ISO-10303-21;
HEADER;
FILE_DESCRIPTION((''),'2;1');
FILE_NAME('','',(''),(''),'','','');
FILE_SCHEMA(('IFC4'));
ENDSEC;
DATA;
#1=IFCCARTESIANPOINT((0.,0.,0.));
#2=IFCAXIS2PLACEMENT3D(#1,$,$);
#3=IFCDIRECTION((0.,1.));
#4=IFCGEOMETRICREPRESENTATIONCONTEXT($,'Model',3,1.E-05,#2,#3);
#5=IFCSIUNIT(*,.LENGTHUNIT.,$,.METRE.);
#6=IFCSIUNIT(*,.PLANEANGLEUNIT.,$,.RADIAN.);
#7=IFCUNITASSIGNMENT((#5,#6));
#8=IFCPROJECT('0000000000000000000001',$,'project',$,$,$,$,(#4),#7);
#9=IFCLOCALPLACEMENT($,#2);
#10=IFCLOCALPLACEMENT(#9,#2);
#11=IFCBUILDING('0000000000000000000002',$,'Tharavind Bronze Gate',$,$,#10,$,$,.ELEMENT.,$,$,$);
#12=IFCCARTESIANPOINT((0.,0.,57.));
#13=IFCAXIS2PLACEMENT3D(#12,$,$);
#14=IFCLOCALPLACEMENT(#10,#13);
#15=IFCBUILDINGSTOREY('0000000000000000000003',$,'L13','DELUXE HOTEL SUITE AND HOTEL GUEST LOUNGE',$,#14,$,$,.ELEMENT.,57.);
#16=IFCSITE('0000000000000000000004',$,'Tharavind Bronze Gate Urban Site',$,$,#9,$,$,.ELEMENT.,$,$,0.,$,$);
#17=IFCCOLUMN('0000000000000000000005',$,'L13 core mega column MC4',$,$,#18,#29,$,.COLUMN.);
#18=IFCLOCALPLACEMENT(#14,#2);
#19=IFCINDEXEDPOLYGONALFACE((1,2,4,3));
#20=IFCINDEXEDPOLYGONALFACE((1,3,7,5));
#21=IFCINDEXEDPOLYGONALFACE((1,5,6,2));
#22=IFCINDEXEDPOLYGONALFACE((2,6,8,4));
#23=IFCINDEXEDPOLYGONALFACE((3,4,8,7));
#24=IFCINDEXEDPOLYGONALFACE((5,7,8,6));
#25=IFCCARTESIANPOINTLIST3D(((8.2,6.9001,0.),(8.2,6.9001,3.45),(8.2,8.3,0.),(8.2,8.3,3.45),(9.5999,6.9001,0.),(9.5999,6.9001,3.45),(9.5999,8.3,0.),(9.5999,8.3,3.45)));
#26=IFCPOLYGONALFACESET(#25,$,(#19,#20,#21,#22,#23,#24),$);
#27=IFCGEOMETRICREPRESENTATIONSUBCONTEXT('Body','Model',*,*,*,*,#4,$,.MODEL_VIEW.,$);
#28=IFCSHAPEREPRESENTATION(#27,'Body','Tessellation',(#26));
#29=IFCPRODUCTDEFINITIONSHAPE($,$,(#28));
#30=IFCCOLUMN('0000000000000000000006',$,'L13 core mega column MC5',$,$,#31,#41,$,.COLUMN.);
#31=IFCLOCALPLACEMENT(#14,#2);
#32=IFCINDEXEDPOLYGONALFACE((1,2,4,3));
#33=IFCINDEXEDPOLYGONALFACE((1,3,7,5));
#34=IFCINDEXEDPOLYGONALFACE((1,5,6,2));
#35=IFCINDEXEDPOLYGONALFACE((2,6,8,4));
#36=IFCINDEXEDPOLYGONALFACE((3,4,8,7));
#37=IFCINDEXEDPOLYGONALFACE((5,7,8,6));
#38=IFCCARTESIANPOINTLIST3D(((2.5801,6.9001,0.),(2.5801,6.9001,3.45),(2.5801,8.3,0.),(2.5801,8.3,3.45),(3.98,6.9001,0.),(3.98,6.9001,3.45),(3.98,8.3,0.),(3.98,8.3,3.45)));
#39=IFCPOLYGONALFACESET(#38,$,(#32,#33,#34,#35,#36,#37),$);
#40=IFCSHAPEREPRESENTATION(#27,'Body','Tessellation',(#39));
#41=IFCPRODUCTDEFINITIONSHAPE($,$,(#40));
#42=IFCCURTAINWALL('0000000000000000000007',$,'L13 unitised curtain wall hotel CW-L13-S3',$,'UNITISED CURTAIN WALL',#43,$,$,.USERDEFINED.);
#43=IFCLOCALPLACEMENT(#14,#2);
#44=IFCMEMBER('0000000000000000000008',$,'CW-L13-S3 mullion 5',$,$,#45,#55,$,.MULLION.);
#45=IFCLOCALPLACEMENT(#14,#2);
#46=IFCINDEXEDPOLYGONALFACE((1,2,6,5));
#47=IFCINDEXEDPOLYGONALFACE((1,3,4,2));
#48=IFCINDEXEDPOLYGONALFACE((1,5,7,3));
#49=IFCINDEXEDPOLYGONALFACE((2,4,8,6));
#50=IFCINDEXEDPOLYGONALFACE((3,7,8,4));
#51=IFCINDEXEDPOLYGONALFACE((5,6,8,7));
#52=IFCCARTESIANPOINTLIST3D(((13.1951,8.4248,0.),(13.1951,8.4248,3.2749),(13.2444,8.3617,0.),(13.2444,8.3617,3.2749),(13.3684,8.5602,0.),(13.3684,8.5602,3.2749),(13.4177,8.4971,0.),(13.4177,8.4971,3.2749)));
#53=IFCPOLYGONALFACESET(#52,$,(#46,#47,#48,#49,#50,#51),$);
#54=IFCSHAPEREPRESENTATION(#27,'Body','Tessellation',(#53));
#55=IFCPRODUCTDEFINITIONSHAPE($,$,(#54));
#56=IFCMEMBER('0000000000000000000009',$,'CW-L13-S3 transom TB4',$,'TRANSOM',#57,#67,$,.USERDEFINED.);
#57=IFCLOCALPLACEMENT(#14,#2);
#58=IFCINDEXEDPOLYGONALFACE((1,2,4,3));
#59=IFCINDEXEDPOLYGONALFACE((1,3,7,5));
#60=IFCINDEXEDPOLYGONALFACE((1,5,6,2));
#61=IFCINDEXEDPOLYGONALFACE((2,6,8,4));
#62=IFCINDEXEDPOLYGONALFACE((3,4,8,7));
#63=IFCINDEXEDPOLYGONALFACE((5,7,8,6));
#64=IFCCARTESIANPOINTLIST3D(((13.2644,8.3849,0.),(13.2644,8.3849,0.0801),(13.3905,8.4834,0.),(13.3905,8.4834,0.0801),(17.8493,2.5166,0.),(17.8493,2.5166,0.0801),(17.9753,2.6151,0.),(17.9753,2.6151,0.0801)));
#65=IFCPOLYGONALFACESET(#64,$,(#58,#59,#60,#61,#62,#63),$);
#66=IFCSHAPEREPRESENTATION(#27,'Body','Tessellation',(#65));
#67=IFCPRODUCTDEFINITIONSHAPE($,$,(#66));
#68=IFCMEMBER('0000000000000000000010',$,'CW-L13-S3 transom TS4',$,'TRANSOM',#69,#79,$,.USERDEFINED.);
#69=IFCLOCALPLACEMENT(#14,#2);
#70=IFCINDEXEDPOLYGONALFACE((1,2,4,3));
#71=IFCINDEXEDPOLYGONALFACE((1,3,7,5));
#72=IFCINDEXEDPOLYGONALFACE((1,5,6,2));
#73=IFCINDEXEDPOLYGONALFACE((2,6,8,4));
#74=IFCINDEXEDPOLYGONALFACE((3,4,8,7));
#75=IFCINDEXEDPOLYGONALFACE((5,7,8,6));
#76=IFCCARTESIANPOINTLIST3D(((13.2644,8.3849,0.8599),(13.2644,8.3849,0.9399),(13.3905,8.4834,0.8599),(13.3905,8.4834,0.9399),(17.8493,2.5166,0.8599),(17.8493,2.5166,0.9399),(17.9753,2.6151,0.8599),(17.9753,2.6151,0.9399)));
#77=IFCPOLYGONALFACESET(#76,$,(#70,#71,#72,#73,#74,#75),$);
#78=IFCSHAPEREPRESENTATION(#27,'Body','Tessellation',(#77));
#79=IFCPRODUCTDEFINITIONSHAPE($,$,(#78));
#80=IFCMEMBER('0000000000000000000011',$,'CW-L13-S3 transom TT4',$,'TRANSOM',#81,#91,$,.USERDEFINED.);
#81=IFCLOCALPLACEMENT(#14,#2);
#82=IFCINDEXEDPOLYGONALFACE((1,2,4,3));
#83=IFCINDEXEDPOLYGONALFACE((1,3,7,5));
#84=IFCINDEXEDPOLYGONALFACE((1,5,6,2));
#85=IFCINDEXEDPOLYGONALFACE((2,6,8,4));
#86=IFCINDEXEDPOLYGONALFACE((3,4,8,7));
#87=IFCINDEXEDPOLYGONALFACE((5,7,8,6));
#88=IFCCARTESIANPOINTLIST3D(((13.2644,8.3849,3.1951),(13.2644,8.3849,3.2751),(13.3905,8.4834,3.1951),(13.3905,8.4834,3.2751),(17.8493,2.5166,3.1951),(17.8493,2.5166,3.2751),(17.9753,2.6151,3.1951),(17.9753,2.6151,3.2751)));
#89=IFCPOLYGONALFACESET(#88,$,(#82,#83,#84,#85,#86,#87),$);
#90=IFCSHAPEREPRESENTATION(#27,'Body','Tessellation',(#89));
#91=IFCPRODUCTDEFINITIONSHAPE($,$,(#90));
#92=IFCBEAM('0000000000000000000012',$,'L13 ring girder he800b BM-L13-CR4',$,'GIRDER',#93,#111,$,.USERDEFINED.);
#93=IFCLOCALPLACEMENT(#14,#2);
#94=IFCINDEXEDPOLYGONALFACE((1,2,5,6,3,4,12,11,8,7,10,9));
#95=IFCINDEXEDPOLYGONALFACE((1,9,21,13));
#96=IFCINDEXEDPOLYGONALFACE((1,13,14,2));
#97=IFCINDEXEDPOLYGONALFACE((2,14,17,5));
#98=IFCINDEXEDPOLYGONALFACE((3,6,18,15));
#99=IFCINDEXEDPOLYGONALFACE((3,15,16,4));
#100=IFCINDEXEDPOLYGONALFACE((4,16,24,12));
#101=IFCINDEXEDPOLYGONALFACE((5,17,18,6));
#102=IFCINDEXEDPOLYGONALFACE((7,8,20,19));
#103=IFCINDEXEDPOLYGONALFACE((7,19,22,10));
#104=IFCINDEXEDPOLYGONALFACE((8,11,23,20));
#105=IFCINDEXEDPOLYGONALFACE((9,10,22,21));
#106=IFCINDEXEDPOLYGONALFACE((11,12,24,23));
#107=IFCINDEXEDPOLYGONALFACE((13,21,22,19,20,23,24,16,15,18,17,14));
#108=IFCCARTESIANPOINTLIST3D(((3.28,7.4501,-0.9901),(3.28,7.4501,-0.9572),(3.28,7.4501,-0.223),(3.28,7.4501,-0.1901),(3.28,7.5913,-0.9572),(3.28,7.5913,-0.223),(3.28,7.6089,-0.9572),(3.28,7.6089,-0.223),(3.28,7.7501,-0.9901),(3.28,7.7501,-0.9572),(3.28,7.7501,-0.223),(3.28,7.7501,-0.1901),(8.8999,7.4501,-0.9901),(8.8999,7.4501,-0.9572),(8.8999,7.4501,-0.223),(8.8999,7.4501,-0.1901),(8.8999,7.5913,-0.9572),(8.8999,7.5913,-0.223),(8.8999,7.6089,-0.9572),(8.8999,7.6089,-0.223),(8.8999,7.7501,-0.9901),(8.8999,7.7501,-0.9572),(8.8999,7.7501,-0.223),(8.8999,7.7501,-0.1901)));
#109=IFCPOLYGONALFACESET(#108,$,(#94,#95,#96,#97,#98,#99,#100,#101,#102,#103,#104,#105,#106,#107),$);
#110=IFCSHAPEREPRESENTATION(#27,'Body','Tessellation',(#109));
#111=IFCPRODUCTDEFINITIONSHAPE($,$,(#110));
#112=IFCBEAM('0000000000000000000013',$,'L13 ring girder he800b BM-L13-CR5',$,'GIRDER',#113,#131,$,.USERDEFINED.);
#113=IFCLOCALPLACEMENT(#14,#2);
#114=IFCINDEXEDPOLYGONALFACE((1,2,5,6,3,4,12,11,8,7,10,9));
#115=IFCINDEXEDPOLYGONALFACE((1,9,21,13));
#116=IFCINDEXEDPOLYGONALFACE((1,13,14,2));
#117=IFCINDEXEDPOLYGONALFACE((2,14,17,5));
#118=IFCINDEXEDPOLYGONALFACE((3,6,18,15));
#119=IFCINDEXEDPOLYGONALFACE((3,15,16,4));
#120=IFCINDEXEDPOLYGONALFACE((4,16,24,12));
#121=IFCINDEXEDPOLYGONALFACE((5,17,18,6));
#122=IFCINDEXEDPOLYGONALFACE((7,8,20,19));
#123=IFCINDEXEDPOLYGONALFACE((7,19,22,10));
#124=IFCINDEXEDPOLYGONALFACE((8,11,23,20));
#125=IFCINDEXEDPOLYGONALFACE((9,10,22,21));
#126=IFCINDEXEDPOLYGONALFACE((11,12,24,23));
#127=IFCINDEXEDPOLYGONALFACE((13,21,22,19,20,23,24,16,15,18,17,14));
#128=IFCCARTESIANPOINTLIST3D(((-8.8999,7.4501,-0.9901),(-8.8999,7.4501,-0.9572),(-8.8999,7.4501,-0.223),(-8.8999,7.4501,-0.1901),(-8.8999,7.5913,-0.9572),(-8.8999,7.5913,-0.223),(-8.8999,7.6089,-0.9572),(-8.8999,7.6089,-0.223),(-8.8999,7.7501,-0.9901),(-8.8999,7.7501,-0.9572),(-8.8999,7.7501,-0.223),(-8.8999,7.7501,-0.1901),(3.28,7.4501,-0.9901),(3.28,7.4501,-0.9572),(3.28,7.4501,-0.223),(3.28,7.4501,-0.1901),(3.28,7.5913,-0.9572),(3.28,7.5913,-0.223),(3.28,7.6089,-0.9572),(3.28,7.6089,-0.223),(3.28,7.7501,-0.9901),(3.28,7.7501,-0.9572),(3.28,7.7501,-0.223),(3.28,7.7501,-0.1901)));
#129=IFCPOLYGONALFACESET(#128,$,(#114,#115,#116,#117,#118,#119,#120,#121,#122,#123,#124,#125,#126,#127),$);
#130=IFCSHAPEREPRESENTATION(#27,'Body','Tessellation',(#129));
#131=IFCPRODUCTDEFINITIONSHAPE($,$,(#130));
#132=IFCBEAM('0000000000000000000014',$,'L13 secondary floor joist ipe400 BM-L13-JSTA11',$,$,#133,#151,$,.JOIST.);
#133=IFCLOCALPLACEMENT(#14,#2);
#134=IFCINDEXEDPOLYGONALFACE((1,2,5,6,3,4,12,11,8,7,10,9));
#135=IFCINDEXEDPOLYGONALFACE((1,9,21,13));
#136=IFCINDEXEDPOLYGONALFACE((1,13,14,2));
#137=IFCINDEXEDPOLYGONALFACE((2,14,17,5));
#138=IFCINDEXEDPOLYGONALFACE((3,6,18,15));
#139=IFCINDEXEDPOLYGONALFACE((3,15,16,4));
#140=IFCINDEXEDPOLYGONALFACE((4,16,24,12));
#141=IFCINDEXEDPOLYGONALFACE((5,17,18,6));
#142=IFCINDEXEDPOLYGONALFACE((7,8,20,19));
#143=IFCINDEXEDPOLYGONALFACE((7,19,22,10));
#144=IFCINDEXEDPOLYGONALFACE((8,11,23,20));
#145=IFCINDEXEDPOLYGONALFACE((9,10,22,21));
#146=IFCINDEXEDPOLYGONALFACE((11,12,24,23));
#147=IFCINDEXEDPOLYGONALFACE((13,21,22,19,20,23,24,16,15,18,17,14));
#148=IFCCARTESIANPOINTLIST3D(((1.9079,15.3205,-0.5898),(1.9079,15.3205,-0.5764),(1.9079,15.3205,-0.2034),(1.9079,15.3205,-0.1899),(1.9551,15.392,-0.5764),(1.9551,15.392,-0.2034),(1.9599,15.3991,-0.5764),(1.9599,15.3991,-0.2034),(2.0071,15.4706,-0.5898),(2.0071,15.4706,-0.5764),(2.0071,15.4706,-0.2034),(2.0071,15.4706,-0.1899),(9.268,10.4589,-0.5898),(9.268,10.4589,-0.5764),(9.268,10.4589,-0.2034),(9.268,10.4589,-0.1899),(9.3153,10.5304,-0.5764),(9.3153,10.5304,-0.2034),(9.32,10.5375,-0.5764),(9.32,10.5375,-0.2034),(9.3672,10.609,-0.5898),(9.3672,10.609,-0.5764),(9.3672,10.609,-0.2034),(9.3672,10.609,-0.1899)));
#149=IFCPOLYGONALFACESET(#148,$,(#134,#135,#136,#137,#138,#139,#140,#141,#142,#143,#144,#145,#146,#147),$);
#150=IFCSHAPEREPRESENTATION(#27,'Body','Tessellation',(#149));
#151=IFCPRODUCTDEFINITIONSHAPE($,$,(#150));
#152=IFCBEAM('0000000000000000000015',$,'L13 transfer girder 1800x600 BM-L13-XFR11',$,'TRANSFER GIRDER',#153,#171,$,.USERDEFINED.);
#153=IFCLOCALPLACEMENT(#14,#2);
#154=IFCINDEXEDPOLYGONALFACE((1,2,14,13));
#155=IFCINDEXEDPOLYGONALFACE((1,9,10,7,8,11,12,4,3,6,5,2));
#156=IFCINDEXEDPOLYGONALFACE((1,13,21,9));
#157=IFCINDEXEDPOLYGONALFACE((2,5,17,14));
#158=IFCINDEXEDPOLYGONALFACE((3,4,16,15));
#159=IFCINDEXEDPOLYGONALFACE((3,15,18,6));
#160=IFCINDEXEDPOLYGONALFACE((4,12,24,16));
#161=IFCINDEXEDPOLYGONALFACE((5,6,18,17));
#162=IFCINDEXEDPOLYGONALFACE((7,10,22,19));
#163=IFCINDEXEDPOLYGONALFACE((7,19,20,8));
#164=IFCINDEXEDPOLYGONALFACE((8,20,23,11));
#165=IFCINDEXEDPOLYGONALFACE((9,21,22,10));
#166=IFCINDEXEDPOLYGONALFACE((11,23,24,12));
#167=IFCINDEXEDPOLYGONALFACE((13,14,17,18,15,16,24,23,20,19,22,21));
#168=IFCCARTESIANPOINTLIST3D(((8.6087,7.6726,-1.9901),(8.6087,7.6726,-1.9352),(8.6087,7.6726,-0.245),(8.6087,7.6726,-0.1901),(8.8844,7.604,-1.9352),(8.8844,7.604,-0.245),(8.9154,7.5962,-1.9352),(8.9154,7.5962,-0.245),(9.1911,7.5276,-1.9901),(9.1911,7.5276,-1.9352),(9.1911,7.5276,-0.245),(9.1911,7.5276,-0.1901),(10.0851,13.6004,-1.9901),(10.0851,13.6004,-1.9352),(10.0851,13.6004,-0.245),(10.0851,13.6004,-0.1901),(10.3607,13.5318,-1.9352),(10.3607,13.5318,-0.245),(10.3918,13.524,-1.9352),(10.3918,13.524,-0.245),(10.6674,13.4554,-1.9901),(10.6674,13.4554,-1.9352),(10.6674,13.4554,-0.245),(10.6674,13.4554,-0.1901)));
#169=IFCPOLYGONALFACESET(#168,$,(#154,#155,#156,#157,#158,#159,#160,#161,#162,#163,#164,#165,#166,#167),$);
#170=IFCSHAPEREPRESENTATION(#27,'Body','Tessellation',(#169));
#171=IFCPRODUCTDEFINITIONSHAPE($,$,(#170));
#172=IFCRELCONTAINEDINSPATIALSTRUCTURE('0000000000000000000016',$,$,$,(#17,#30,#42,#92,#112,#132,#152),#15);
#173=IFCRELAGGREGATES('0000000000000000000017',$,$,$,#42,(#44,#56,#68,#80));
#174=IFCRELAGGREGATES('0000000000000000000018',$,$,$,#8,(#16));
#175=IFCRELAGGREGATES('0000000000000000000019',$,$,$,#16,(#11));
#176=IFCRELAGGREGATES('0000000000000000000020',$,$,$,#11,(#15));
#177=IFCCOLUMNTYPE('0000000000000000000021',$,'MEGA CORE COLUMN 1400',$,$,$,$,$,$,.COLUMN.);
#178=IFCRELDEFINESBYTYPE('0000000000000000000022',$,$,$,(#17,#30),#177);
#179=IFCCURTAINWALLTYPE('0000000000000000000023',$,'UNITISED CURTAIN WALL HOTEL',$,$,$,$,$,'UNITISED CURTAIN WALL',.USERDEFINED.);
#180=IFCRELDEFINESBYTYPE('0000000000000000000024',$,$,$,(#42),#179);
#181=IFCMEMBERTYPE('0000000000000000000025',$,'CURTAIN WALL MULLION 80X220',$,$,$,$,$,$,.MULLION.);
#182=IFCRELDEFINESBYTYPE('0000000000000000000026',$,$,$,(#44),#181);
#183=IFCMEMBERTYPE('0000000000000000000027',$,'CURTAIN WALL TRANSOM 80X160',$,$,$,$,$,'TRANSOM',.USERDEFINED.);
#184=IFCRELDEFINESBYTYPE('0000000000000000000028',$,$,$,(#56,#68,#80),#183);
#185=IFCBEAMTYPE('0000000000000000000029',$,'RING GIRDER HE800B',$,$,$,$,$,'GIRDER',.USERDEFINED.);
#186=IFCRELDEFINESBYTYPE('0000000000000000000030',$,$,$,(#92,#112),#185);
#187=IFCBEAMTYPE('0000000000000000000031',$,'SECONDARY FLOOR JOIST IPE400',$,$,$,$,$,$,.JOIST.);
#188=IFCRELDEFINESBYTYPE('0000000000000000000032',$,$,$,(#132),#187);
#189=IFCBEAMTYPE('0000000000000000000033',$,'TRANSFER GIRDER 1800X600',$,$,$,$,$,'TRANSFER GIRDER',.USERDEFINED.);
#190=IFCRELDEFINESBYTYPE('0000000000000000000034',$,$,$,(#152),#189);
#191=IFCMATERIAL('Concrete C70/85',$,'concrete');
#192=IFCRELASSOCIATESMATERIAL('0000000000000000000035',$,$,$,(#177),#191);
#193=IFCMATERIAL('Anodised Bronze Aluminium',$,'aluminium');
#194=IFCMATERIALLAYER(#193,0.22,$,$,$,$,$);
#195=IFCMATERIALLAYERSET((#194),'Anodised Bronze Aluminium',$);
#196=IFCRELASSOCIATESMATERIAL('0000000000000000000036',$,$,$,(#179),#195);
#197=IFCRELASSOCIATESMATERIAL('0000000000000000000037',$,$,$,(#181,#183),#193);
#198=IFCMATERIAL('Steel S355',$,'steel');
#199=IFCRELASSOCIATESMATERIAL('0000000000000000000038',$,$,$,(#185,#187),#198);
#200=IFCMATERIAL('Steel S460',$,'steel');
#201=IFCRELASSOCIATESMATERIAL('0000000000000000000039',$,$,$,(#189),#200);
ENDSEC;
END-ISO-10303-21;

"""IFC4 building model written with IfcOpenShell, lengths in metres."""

from ifc_helpers import new_model, si_unit, direction, frame, origin, origin_2d, place, context, subcontext, project, spatial, rectangle, i_section, extrude, material, layer, layer_set, material_profile, profile_set, type_object, element, aggregate, save


model = new_model("IFC4")

# Units and contexts
model_context = context("Model", 3, precision=1e-05, world=origin(), true_north=direction((0.0, 1.0)))
body_context = subcontext(model_context, "Body", "Model", "MODEL_VIEW")
ifc_project = project(units=[si_unit("LENGTHUNIT", "METRE"), si_unit("PLANEANGLEUNIT", "RADIAN")], contexts=[model_context])

# Site, building, storey
site_placement = place(None, origin())
site = spatial("IfcSite", under=ifc_project, at=site_placement, Name="Tharavind Bronze Gate Urban Site", CompositionType="ELEMENT", RefElevation=0.0)
building_placement = place(site_placement, origin())
building = spatial("IfcBuilding", under=site, at=building_placement, Name="Tharavind Bronze Gate", CompositionType="ELEMENT")
storey_placement = place(building_placement, frame((0.0, 0.0, 57.0)))
storey = spatial("IfcBuildingStorey", under=building, at=storey_placement, Name="L13", Description="DELUXE HOTEL SUITE AND HOTEL GUEST LOUNGE", CompositionType="ELEMENT", Elevation=57.0)

# Columns
ifc_material_1 = material(Name="Concrete C70/85", Category="concrete")
ifc_material_profile_1 = material_profile(ifc_material_1, rectangle(XDim=1.3999, YDim=1.3999, at=origin_2d()), Name="RCCOL1400")
ifc_profile_set_1 = profile_set([ifc_material_profile_1], Name="Concrete C70/85")
column_type = type_object("IfcColumnType", Name="MEGA CORE COLUMN 1400", PredefinedType="COLUMN", material=ifc_profile_set_1)
for number, where, z_axis, x_axis, name in (
    (1, (8.8999, 7.6001, 0.0), (0.0, 0.0, 1.0), (1.0, 0.0, 0.0), "L13 core mega column MC4"),
    (2, (3.28, 7.6001, 0.0), (0.0, 0.0, 1.0), (1.0, 0.0, 0.0), "L13 core mega column MC5"),
):
    element("IfcColumn", number, at=place(storey_placement, frame(where, z_axis=z_axis, x_axis=x_axis)), inside=storey, type_object=column_type, Name=name, PredefinedType="COLUMN", context=body_context, shape_type="SweptSolid", body=[
        extrude(rectangle(XDim=1.3999, YDim=1.3999, at=origin_2d()), origin(), (0.0, 0.0, 1.0), 3.45),
    ])

# Curtain wall, members
ifc_material_2 = material(Name="Anodised Bronze Aluminium", Category="aluminium")
ifc_layer_1 = layer(ifc_material_2, 0.22)
ifc_layer_set_1 = layer_set([ifc_layer_1], Name="Anodised Bronze Aluminium")
curtain_wall_type = type_object("IfcCurtainWallType", Name="UNITISED CURTAIN WALL HOTEL", ElementType="UNITISED CURTAIN WALL", PredefinedType="USERDEFINED", material=ifc_layer_set_1)
curtain_wall_placement = place(storey_placement, origin())
curtain_wall = element("IfcCurtainWall", 3, at=curtain_wall_placement, inside=storey, type_object=curtain_wall_type, Name="L13 unitised curtain wall hotel CW-L13-S3", ObjectType="UNITISED CURTAIN WALL", PredefinedType="USERDEFINED")
member_type_1 = type_object("IfcMemberType", Name="CURTAIN WALL MULLION 80X220", PredefinedType="MULLION", material=ifc_material_2)
member_1_placement = place(storey_placement, frame((13.3064, 8.4609, 0.0), z_axis=(0.0, 0.0, 1.0), x_axis=(-0.615661, 0.788011, 0.0)))
member_1 = element("IfcMember", 4, at=member_1_placement, type_object=member_type_1, Name="CW-L13-S3 mullion 5", PredefinedType="MULLION", context=body_context, shape_type="SweptSolid", body=[
    extrude(rectangle(XDim=0.0801, YDim=0.22, at=origin_2d()), origin(), (0.0, 0.0, 1.0), 3.2749),
])
member_type_2 = type_object("IfcMemberType", Name="CURTAIN WALL TRANSOM 80X160", ElementType="TRANSOM", PredefinedType="USERDEFINED", material=ifc_material_2)
member_2_placement = place(storey_placement, frame((15.6199, 5.5, 0.0), z_axis=(0.0, 0.0, 1.0), x_axis=(-0.615661, 0.788011, 0.0)))
member_2 = element("IfcMember", 5, at=member_2_placement, type_object=member_type_2, Name="CW-L13-S3 transom TB4", ObjectType="TRANSOM", PredefinedType="USERDEFINED", context=body_context, shape_type="SweptSolid", body=[
    extrude(rectangle(XDim=7.447, YDim=0.1599, at=origin_2d()), origin(), (0.0, 0.0, 1.0), 0.0801),
])
member_3_placement = place(storey_placement, frame((15.6199, 5.5, 0.8599), z_axis=(0.0, 0.0, 1.0), x_axis=(-0.615661, 0.788011, 0.0)))
member_3 = element("IfcMember", 6, at=member_3_placement, type_object=member_type_2, Name="CW-L13-S3 transom TS4", ObjectType="TRANSOM", PredefinedType="USERDEFINED", context=body_context, shape_type="SweptSolid", body=[
    extrude(rectangle(XDim=7.447, YDim=0.1599, at=origin_2d()), origin(), (0.0, 0.0, 1.0), 0.0801),
])
member_4_placement = place(storey_placement, frame((15.6199, 5.5, 3.1951), z_axis=(0.0, 0.0, 1.0), x_axis=(-0.615661, 0.788011, 0.0)))
member_4 = element("IfcMember", 7, at=member_4_placement, type_object=member_type_2, Name="CW-L13-S3 transom TT4", ObjectType="TRANSOM", PredefinedType="USERDEFINED", context=body_context, shape_type="SweptSolid", body=[
    extrude(rectangle(XDim=7.447, YDim=0.1599, at=origin_2d()), origin(), (0.0, 0.0, 1.0), 0.0801),
])

# Beams
ifc_material_3 = material(Name="Steel S355", Category="steel")
ifc_material_profile_2 = material_profile(ifc_material_3, i_section(OverallWidth=0.3, OverallDepth=0.8, WebThickness=0.0176, FlangeThickness=0.033, at=origin_2d()), Name="HE800B")
ifc_profile_set_2 = profile_set([ifc_material_profile_2], Name="Steel S355")
beam_type_1 = type_object("IfcBeamType", Name="RING GIRDER HE800B", ElementType="GIRDER", PredefinedType="USERDEFINED", material=ifc_profile_set_2)
beam_1_placement = place(storey_placement, frame((8.8999, 7.6001, -0.5901), z_axis=(-1.0, 0.0, 0.0), x_axis=(0.0, -1.0, 0.0)))
element("IfcBeam", 8, at=beam_1_placement, inside=storey, type_object=beam_type_1, Name="L13 ring girder he800b BM-L13-CR4", ObjectType="GIRDER", PredefinedType="USERDEFINED", context=body_context, shape_type="SweptSolid", body=[
    extrude(i_section(OverallWidth=0.3, OverallDepth=0.8, WebThickness=0.0176, FlangeThickness=0.033, at=origin_2d()), origin(), (0.0, 0.0, 1.0), 5.6199),
])
beam_2_placement = place(storey_placement, frame((3.28, 7.6001, -0.5901), z_axis=(-1.0, 0.0, 0.0), x_axis=(0.0, -1.0, 0.0)))
element("IfcBeam", 9, at=beam_2_placement, inside=storey, type_object=beam_type_1, Name="L13 ring girder he800b BM-L13-CR5", ObjectType="GIRDER", PredefinedType="USERDEFINED", context=body_context, shape_type="SweptSolid", body=[
    extrude(i_section(OverallWidth=0.3, OverallDepth=0.8, WebThickness=0.0176, FlangeThickness=0.033, at=origin_2d()), origin(), (0.0, 0.0, 1.0), 12.1799),
])
ifc_material_profile_3 = material_profile(ifc_material_3, i_section(OverallWidth=0.1799, OverallDepth=0.3999, WebThickness=0.0085, FlangeThickness=0.0134, at=origin_2d()), Name="IPE400")
ifc_profile_set_3 = profile_set([ifc_material_profile_3], Name="Steel S355")
beam_type_2 = type_object("IfcBeamType", Name="SECONDARY FLOOR JOIST IPE400", PredefinedType="JOIST", material=ifc_profile_set_3)
beam_3_placement = place(storey_placement, frame((9.3176, 10.5339, -0.3899), z_axis=(-0.834406, 0.55115, 0.0), x_axis=(-0.55115, -0.834406, 0.0)))
element("IfcBeam", 10, at=beam_3_placement, inside=storey, type_object=beam_type_2, Name="L13 secondary floor joist ipe400 BM-L13-JSTA11", PredefinedType="JOIST", context=body_context, shape_type="SweptSolid", body=[
    extrude(i_section(OverallWidth=0.1799, OverallDepth=0.3999, WebThickness=0.0085, FlangeThickness=0.0134, at=origin_2d()), origin(), (0.0, 0.0, 1.0), 8.8208),
])
ifc_material_4 = material(Name="Steel S460", Category="steel")
ifc_material_profile_4 = material_profile(ifc_material_4, i_section(OverallWidth=0.6001, OverallDepth=1.8, WebThickness=0.032, FlangeThickness=0.0549, at=origin_2d()), Name="PG1800X600")
ifc_profile_set_4 = profile_set([ifc_material_profile_4], Name="Steel S460")
beam_type_3 = type_object("IfcBeamType", Name="TRANSFER GIRDER 1800X600", ElementType="TRANSFER GIRDER", PredefinedType="USERDEFINED", material=ifc_profile_set_4)
beam_4_placement = place(storey_placement, frame((8.8999, 7.6001, -1.0901), z_axis=(0.24167, 0.970358, 0.0), x_axis=(-0.970358, 0.24167, 0.0)))
element("IfcBeam", 11, at=beam_4_placement, inside=storey, type_object=beam_type_3, Name="L13 transfer girder 1800x600 BM-L13-XFR11", ObjectType="TRANSFER GIRDER", PredefinedType="USERDEFINED", context=body_context, shape_type="SweptSolid", body=[
    extrude(i_section(OverallWidth=0.6001, OverallDepth=1.8, WebThickness=0.032, FlangeThickness=0.0549, at=origin_2d()), origin(), (0.0, 0.0, 1.0), 6.1089),
])

aggregate(curtain_wall, [member_1, member_2, member_3, member_4])

save(model, "model.ifc")
